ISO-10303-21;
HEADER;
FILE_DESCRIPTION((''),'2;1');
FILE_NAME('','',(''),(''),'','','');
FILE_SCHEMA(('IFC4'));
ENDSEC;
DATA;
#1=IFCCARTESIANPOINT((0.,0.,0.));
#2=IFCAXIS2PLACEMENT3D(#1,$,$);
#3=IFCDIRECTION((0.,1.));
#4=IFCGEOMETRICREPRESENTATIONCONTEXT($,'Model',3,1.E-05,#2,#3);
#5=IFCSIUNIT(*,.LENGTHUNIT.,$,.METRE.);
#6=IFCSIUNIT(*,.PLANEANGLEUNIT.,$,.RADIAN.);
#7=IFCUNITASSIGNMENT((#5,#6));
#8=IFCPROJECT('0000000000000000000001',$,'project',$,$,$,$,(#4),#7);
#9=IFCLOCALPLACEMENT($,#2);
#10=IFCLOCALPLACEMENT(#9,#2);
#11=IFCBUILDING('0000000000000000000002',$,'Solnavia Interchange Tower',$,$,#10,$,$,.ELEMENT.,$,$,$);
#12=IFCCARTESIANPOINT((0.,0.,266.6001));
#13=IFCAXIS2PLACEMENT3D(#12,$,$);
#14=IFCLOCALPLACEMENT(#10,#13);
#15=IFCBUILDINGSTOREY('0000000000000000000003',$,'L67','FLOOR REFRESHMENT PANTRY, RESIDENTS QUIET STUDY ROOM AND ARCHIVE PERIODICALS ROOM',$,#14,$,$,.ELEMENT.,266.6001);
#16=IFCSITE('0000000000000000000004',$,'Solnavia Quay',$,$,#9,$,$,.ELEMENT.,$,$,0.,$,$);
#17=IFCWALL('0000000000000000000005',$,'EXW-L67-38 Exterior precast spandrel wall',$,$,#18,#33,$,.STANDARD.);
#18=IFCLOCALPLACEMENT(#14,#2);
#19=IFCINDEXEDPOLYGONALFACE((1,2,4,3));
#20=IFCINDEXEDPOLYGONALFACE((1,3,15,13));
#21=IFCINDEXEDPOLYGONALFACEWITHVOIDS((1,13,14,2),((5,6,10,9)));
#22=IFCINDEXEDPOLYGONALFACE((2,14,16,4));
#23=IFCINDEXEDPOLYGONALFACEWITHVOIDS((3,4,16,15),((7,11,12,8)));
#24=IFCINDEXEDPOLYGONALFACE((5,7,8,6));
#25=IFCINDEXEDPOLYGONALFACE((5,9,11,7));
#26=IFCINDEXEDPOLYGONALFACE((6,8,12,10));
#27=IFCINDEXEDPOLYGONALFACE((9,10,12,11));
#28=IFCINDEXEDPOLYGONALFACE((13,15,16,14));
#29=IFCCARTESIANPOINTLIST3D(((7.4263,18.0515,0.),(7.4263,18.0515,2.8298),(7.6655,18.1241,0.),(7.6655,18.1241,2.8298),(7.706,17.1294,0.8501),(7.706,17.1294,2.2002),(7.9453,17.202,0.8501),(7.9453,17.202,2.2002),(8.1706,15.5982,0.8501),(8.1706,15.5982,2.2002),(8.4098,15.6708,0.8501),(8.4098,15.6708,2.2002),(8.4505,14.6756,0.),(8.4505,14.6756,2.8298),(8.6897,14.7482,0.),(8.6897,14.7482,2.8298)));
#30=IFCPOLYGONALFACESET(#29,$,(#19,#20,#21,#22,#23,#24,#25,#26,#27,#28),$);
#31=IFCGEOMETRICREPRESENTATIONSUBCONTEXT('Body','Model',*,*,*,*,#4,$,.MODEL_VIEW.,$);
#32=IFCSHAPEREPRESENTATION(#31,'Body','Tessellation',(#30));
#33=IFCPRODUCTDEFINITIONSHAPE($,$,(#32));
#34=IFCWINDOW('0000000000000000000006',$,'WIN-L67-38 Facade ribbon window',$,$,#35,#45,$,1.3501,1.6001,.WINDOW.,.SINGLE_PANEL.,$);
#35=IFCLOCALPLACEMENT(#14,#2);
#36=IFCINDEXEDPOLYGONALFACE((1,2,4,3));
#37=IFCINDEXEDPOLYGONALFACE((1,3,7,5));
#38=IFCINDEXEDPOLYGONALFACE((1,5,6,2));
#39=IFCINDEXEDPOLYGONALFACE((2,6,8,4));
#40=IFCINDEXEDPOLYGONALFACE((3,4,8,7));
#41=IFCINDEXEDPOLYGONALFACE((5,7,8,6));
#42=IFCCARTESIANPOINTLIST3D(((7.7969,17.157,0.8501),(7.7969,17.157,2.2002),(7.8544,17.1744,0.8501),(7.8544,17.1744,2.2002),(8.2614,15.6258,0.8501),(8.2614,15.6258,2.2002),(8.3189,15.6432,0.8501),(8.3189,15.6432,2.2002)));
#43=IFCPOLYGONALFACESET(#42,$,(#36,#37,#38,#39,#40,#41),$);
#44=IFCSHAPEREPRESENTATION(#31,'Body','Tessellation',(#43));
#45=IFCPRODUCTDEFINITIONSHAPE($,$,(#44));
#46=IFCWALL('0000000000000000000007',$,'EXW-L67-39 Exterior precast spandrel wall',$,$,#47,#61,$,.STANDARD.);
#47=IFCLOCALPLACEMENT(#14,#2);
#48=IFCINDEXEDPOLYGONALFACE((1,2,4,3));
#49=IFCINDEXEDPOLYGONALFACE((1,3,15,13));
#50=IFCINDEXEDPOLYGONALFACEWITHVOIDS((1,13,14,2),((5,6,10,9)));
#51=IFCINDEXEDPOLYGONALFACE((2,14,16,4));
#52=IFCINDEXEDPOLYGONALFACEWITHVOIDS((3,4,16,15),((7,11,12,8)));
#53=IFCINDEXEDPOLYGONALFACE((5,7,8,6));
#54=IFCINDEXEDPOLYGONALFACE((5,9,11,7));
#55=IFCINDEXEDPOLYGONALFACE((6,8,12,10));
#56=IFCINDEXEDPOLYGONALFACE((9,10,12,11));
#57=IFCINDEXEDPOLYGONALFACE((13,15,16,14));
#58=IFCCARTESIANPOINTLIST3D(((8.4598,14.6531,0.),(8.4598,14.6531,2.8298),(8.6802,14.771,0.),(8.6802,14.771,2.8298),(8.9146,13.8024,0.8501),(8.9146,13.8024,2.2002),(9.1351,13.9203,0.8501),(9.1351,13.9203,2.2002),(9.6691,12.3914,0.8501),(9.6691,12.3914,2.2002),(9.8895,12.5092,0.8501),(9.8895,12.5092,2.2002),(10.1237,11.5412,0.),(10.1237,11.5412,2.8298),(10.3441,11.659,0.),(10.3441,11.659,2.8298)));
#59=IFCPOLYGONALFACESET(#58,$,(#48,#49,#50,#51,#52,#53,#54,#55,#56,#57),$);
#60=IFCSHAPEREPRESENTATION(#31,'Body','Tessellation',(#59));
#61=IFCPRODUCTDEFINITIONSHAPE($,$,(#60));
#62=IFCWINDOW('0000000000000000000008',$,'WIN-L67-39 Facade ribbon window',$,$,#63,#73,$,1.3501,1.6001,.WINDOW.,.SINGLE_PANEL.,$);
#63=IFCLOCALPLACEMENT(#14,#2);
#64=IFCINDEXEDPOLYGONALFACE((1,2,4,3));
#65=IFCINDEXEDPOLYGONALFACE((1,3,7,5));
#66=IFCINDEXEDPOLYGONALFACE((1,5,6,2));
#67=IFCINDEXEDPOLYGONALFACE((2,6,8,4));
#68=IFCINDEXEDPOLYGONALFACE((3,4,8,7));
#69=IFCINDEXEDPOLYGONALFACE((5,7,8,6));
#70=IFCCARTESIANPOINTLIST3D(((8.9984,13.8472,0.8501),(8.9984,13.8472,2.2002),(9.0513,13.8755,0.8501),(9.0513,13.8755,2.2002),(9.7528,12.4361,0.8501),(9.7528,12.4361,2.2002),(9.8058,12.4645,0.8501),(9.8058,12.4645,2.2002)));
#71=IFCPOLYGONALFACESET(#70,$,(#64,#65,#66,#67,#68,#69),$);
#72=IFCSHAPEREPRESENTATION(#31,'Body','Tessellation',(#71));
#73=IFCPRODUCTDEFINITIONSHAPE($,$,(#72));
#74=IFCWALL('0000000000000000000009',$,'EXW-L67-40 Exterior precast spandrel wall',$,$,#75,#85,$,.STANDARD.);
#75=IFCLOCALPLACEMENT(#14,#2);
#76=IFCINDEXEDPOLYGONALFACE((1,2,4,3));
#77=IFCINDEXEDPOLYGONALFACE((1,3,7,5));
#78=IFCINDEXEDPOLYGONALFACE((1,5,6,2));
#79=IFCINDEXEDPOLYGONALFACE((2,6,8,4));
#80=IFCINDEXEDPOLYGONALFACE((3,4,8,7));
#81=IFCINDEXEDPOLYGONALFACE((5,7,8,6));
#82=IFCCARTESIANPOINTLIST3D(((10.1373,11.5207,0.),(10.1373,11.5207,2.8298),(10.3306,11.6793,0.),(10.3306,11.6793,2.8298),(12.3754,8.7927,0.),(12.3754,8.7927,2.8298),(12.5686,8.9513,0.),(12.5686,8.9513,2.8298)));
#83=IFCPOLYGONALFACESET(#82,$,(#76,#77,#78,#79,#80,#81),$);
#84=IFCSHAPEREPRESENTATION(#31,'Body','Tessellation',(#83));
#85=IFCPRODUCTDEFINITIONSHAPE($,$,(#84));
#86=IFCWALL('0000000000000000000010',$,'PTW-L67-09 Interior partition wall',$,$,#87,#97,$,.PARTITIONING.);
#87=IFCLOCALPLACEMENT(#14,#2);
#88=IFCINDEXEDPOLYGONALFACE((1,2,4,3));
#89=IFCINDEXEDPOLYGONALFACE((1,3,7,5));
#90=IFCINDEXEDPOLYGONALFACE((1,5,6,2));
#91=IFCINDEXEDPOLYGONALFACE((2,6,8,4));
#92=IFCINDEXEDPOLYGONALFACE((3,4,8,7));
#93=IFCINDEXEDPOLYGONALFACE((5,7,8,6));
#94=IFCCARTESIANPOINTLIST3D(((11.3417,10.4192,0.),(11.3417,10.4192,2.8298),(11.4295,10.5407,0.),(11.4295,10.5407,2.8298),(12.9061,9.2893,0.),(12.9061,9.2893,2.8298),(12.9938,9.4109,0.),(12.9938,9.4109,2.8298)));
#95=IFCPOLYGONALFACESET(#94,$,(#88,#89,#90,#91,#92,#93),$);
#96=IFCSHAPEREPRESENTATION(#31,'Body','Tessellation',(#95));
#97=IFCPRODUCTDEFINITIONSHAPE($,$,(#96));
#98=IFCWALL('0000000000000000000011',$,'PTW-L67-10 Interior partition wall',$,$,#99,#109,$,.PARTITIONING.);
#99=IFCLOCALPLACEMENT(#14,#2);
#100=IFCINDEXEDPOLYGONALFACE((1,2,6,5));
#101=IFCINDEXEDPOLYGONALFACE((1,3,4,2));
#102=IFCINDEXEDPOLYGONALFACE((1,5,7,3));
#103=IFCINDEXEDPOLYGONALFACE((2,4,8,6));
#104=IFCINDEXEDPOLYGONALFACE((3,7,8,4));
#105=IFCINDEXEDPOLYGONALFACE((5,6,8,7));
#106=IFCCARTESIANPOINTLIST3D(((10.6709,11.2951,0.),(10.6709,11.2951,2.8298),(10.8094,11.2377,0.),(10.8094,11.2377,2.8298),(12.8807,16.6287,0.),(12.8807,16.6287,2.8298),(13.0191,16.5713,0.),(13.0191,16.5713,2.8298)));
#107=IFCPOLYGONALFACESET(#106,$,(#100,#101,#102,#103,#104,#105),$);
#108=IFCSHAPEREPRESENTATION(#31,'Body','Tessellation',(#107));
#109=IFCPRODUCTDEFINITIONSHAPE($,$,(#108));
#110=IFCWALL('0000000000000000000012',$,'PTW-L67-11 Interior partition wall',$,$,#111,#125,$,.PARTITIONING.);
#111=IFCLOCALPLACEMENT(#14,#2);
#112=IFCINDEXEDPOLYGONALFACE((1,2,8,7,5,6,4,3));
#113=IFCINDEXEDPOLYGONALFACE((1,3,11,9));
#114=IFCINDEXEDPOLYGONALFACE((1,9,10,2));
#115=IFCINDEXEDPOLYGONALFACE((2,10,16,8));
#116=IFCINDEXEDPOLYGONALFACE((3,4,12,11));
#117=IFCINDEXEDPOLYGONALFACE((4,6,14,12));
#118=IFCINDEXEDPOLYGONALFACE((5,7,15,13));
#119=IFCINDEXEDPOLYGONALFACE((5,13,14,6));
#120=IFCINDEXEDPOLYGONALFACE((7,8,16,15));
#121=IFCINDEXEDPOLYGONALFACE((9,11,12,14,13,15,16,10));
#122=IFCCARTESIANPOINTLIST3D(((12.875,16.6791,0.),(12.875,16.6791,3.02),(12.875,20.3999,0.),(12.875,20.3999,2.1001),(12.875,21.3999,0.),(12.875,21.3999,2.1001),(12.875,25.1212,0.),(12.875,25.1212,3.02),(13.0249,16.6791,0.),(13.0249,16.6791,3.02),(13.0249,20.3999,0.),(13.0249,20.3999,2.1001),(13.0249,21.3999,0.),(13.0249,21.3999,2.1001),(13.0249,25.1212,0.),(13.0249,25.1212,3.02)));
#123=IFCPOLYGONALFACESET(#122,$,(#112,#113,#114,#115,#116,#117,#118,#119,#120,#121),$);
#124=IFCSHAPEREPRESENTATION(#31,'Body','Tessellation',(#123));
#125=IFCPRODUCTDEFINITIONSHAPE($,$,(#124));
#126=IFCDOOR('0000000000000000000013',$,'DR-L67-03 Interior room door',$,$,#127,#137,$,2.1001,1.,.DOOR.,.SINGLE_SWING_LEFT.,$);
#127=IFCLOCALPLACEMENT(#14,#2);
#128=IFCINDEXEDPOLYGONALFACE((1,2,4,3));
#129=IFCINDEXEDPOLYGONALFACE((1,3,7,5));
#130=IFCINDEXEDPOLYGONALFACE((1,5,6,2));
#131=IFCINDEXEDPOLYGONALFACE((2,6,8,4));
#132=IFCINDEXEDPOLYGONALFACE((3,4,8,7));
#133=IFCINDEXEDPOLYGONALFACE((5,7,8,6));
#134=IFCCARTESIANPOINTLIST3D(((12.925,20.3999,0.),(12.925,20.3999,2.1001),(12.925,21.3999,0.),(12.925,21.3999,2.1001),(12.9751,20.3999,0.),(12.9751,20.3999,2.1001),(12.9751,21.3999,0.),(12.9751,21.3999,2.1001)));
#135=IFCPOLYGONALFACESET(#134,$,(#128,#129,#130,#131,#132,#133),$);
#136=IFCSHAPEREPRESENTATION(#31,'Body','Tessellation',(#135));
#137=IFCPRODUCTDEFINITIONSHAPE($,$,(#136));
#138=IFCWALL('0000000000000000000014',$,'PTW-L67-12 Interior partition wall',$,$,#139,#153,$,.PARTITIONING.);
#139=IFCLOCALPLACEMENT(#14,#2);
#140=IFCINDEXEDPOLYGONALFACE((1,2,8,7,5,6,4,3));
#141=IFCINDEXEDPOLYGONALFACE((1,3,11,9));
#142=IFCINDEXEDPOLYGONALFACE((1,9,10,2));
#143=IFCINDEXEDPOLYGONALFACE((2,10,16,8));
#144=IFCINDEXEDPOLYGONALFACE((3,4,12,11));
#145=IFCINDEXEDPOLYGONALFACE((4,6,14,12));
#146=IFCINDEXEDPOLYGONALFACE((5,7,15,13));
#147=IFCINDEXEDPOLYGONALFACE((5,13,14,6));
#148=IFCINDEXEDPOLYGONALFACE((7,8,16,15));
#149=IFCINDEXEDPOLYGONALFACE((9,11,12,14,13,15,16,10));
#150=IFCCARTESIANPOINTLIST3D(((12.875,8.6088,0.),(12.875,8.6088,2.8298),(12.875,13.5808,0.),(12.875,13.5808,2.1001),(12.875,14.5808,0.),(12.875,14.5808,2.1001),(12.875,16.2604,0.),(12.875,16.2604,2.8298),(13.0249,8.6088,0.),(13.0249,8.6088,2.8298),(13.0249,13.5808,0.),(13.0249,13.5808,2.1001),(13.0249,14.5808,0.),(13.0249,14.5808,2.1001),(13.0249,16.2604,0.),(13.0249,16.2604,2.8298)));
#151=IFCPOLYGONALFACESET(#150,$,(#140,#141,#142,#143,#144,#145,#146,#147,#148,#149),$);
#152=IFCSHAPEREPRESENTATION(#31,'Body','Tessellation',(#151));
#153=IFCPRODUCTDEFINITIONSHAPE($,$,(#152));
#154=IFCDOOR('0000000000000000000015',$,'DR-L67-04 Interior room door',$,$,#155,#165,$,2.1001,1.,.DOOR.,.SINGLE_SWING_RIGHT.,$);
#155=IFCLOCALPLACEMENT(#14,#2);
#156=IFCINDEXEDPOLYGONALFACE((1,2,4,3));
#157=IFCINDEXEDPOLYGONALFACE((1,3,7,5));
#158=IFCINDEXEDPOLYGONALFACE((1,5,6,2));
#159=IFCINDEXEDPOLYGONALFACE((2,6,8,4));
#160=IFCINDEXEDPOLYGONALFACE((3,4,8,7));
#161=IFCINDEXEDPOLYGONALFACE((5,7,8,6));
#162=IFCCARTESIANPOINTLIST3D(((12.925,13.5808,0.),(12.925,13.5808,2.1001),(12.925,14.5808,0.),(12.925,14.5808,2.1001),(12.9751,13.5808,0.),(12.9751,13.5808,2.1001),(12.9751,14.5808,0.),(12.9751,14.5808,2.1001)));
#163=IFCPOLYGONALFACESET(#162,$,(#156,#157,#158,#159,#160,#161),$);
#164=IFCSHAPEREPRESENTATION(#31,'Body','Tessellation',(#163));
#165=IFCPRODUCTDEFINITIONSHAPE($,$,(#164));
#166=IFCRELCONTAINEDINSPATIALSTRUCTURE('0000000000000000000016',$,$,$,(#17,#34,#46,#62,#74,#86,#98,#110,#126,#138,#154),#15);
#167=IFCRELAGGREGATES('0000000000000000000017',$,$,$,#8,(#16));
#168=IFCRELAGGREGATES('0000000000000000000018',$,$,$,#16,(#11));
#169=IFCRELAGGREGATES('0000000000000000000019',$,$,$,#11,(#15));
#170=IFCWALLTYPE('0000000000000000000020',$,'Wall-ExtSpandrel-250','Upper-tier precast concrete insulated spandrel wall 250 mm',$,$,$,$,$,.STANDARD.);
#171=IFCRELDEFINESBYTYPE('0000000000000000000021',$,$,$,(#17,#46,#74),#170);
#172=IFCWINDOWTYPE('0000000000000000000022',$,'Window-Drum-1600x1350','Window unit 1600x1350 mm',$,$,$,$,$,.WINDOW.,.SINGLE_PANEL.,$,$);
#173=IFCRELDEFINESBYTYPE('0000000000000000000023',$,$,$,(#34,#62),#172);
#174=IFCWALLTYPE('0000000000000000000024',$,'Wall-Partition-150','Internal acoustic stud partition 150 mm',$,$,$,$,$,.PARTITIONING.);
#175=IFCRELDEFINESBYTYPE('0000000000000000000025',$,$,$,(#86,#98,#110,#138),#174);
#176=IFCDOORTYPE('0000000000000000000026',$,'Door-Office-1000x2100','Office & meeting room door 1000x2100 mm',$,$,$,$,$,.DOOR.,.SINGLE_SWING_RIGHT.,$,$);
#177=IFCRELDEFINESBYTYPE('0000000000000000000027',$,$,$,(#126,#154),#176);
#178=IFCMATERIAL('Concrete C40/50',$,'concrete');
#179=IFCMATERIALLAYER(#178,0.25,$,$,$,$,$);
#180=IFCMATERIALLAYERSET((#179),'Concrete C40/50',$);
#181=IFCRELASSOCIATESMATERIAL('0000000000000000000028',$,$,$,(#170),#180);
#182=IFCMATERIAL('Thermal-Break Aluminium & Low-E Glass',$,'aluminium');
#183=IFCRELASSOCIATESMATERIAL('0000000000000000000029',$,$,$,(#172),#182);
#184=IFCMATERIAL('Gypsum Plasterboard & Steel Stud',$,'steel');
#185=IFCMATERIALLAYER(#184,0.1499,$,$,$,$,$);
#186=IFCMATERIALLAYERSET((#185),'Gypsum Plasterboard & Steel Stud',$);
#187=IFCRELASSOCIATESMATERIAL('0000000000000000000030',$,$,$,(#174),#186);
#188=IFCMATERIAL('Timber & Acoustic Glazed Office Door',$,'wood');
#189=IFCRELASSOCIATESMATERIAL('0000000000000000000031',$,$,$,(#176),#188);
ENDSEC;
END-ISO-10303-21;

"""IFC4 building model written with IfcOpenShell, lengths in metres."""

from ifc_helpers import new_model, si_unit, direction, frame, frame_2d, origin, place, context, subcontext, project, spatial, rectangle, extrude, material, layer, layer_set, type_object, element, fill, save


model = new_model("IFC4")

# Units and contexts
model_context = context("Model", 3, precision=1e-05, world=origin(), true_north=direction((0.0, 1.0)))
body_context = subcontext(model_context, "Body", "Model", "MODEL_VIEW")
ifc_project = project(units=[si_unit("LENGTHUNIT", "METRE"), si_unit("PLANEANGLEUNIT", "RADIAN")], contexts=[model_context])

# Site, building, storey
site_placement = place(None, origin())
site = spatial("IfcSite", under=ifc_project, at=site_placement, Name="Solnavia Quay", CompositionType="ELEMENT", RefElevation=0.0)
building_placement = place(site_placement, origin())
building = spatial("IfcBuilding", under=site, at=building_placement, Name="Solnavia Interchange Tower", CompositionType="ELEMENT")
storey_placement = place(building_placement, frame((0.0, 0.0, 266.6001)))
storey = spatial("IfcBuildingStorey", under=building, at=storey_placement, Name="L67", Description="FLOOR REFRESHMENT PANTRY, RESIDENTS QUIET STUDY ROOM AND ARCHIVE PERIODICALS ROOM", CompositionType="ELEMENT", Elevation=266.6001)

# Shared definitions
ifc_material_1 = material(Name="Concrete C40/50", Category="concrete")

# Walls, openings, windows
ifc_layer_1 = layer(ifc_material_1, 0.25)
ifc_layer_set_1 = layer_set([ifc_layer_1], Name="Concrete C40/50")
wall_type_1 = type_object("IfcWallType", Name="Wall-ExtSpandrel-250", Description="Upper-tier precast concrete insulated spandrel wall 250 mm", PredefinedType="STANDARD", material=ifc_layer_set_1)
wall_1_placement = place(storey_placement, frame((8.5701, 14.7119, 0.0), z_axis=(0.0, 0.0, 1.0), x_axis=(-0.290305, 0.956934, 0.0)))
wall_1 = element("IfcWall", 1, at=wall_1_placement, inside=storey, type_object=wall_type_1, Name="EXW-L67-38 Exterior precast spandrel wall", PredefinedType="STANDARD", context=body_context, shape_type="SweptSolid", body=[
    extrude(rectangle(XDim=3.5278, YDim=0.25, at=frame_2d((1.7639, 0.0))), origin(), (0.0, 0.0, 1.0), 2.8298),
])
opening_1_placement = place(wall_1_placement, frame((0.9641, 0.0, 0.8501)))
opening_1 = element("IfcOpeningElement", 2, at=opening_1_placement, cuts=wall_1, PredefinedType="OPENING", context=body_context, shape_type="SweptSolid", body=[
    extrude(rectangle(XDim=1.6001, YDim=1.3501, at=frame_2d((0.8, 0.675))), frame((0.0, 0.135, 0.0), z_axis=(0.0, -1.0, 0.0), x_axis=(1.0, 0.0, 0.0)), (0.0, 0.0, 1.0), 0.27),
])
ifc_material_2 = material(Name="Thermal-Break Aluminium & Low-E Glass", Category="aluminium")
window_type = type_object("IfcWindowType", Name="Window-Drum-1600x1350", Description="Window unit 1600x1350 mm", PartitioningType="SINGLE_PANEL", PredefinedType="WINDOW", material=ifc_material_2)
window_1_placement = place(opening_1_placement, origin())
window_1 = element("IfcWindow", 3, at=window_1_placement, inside=storey, type_object=window_type, Name="WIN-L67-38 Facade ribbon window", OverallHeight=1.3501, OverallWidth=1.6001, PartitioningType="SINGLE_PANEL", PredefinedType="WINDOW", context=body_context, shape_type="SweptSolid", body=[
    extrude(rectangle(XDim=1.6001, YDim=1.3501, at=frame_2d((0.8, 0.675))), frame((0.0, 0.03, 0.0), z_axis=(0.0, -1.0, 0.0), x_axis=(1.0, 0.0, 0.0)), (0.0, 0.0, 1.0), 0.0601),
])
fill(opening_1, window_1)
wall_2_placement = place(storey_placement, frame((10.2339, 11.6001, 0.0), z_axis=(0.0, 0.0, 1.0), x_axis=(-0.471511, 0.88186, 0.0)))
wall_2 = element("IfcWall", 4, at=wall_2_placement, inside=storey, type_object=wall_type_1, Name="EXW-L67-39 Exterior precast spandrel wall", PredefinedType="STANDARD", context=body_context, shape_type="SweptSolid", body=[
    extrude(rectangle(XDim=3.5288, YDim=0.25, at=frame_2d((1.7644, 0.0))), origin(), (0.0, 0.0, 1.0), 2.8298),
])
opening_2_placement = place(wall_2_placement, frame((0.9641, 0.0, 0.8501)))
opening_2 = element("IfcOpeningElement", 5, at=opening_2_placement, cuts=wall_2, PredefinedType="OPENING", context=body_context, shape_type="SweptSolid", body=[
    extrude(rectangle(XDim=1.6001, YDim=1.3501, at=frame_2d((0.8, 0.675))), frame((0.0, 0.135, 0.0), z_axis=(0.0, -1.0, 0.0), x_axis=(1.0, 0.0, 0.0)), (0.0, 0.0, 1.0), 0.27),
])
window_2_placement = place(opening_2_placement, origin())
window_2 = element("IfcWindow", 6, at=window_2_placement, inside=storey, type_object=window_type, Name="WIN-L67-39 Facade ribbon window", OverallHeight=1.3501, OverallWidth=1.6001, PartitioningType="SINGLE_PANEL", PredefinedType="WINDOW", context=body_context, shape_type="SweptSolid", body=[
    extrude(rectangle(XDim=1.6001, YDim=1.3501, at=frame_2d((0.8, 0.675))), frame((0.0, 0.03, 0.0), z_axis=(0.0, -1.0, 0.0), x_axis=(1.0, 0.0, 0.0)), (0.0, 0.0, 1.0), 0.0601),
])
fill(opening_2, window_2)

# Walls
wall_3_placement = place(storey_placement, frame((12.4719, 8.8721, 0.0), z_axis=(0.0, 0.0, 1.0), x_axis=(-0.634258, 0.773121, 0.0)))
element("IfcWall", 7, at=wall_3_placement, inside=storey, type_object=wall_type_1, Name="EXW-L67-40 Exterior precast spandrel wall", PredefinedType="STANDARD", context=body_context, shape_type="SweptSolid", body=[
    extrude(rectangle(XDim=3.5286, YDim=0.25, at=frame_2d((1.7642, 0.0))), origin(), (0.0, 0.0, 1.0), 2.8298),
])
ifc_material_3 = material(Name="Gypsum Plasterboard & Steel Stud", Category="steel")
ifc_layer_2 = layer(ifc_material_3, 0.1499)
ifc_layer_set_2 = layer_set([ifc_layer_2], Name="Gypsum Plasterboard & Steel Stud")
wall_type_2 = type_object("IfcWallType", Name="Wall-Partition-150", Description="Internal acoustic stud partition 150 mm", PredefinedType="PARTITIONING", material=ifc_layer_set_2)
wall_4_placement = place(storey_placement, frame((12.95, 9.3501, 0.0), z_axis=(0.0, 0.0, 1.0), x_axis=(-0.810679, 0.585491, 0.0)))
element("IfcWall", 8, at=wall_4_placement, inside=storey, type_object=wall_type_2, Name="PTW-L67-09 Interior partition wall", PredefinedType="PARTITIONING", context=body_context, shape_type="SweptSolid", body=[
    extrude(rectangle(XDim=1.9297, YDim=0.1499, at=frame_2d((0.9648, 0.0))), origin(), (0.0, 0.0, 1.0), 2.8298),
])
wall_5_placement = place(storey_placement, frame((12.95, 16.6001, 0.0), z_axis=(0.0, 0.0, 1.0), x_axis=(-0.382759, -0.923848, 0.0)))
element("IfcWall", 9, at=wall_5_placement, inside=storey, type_object=wall_type_2, Name="PTW-L67-10 Interior partition wall", PredefinedType="PARTITIONING", context=body_context, shape_type="SweptSolid", body=[
    extrude(rectangle(XDim=5.7732, YDim=0.1499, at=frame_2d((2.8867, 0.0))), origin(), (0.0, 0.0, 1.0), 2.8298),
])

# Walls, openings, doors
wall_6_placement = place(storey_placement, frame((12.95, 16.679, 0.0), z_axis=(0.0, 0.0, 1.0), x_axis=(0.0, 1.0, 0.0)))
wall_6 = element("IfcWall", 10, at=wall_6_placement, inside=storey, type_object=wall_type_2, Name="PTW-L67-11 Interior partition wall", PredefinedType="PARTITIONING", context=body_context, shape_type="SweptSolid", body=[
    extrude(rectangle(XDim=8.4421, YDim=0.1499, at=frame_2d((4.2212, 0.0))), origin(), (0.0, 0.0, 1.0), 3.02),
])
opening_3_placement = place(wall_6_placement, frame((3.7209, 0.0, 0.0)))
opening_3 = element("IfcOpeningElement", 11, at=opening_3_placement, cuts=wall_6, PredefinedType="OPENING", context=body_context, shape_type="SweptSolid", body=[
    extrude(rectangle(XDim=1.0, YDim=2.1001, at=frame_2d((0.5, 1.05))), frame((0.0, 0.085, 0.0), z_axis=(0.0, -1.0, 0.0), x_axis=(1.0, 0.0, 0.0)), (0.0, 0.0, 1.0), 0.1699),
])
ifc_material_4 = material(Name="Timber & Acoustic Glazed Office Door", Category="wood")
door_type = type_object("IfcDoorType", Name="Door-Office-1000x2100", Description="Office & meeting room door 1000x2100 mm", OperationType="SINGLE_SWING_RIGHT", PredefinedType="DOOR", material=ifc_material_4)
door_1_placement = place(opening_3_placement, origin())
door_1 = element("IfcDoor", 12, at=door_1_placement, inside=storey, type_object=door_type, Name="DR-L67-03 Interior room door", OperationType="SINGLE_SWING_LEFT", OverallHeight=2.1001, OverallWidth=1.0, PredefinedType="DOOR", context=body_context, shape_type="SweptSolid", body=[
    extrude(rectangle(XDim=1.0, YDim=2.1001, at=frame_2d((0.5, 1.05))), frame((0.0, 0.0249, 0.0), z_axis=(0.0, -1.0, 0.0), x_axis=(1.0, 0.0, 0.0)), (0.0, 0.0, 1.0), 0.05),
])
fill(opening_3, door_1)
wall_7_placement = place(storey_placement, frame((12.95, 8.6089, 0.0), z_axis=(0.0, 0.0, 1.0), x_axis=(0.0, 1.0, 0.0)))
wall_7 = element("IfcWall", 13, at=wall_7_placement, inside=storey, type_object=wall_type_2, Name="PTW-L67-12 Interior partition wall", PredefinedType="PARTITIONING", context=body_context, shape_type="SweptSolid", body=[
    extrude(rectangle(XDim=7.6516, YDim=0.1499, at=frame_2d((3.8257, 0.0))), origin(), (0.0, 0.0, 1.0), 2.8298),
])
opening_4_placement = place(wall_7_placement, frame((4.9719, 0.0, 0.0)))
opening_4 = element("IfcOpeningElement", 14, at=opening_4_placement, cuts=wall_7, PredefinedType="OPENING", context=body_context, shape_type="SweptSolid", body=[
    extrude(rectangle(XDim=1.0, YDim=2.1001, at=frame_2d((0.5, 1.05))), frame((0.0, 0.085, 0.0), z_axis=(0.0, -1.0, 0.0), x_axis=(1.0, 0.0, 0.0)), (0.0, 0.0, 1.0), 0.1699),
])
door_2_placement = place(opening_4_placement, origin())
door_2 = element("IfcDoor", 15, at=door_2_placement, inside=storey, type_object=door_type, Name="DR-L67-04 Interior room door", OperationType="SINGLE_SWING_RIGHT", OverallHeight=2.1001, OverallWidth=1.0, PredefinedType="DOOR", context=body_context, shape_type="SweptSolid", body=[
    extrude(rectangle(XDim=1.0, YDim=2.1001, at=frame_2d((0.5, 1.05))), frame((0.0, 0.0249, 0.0), z_axis=(0.0, -1.0, 0.0), x_axis=(1.0, 0.0, 0.0)), (0.0, 0.0, 1.0), 0.05),
])
fill(opening_4, door_2)

save(model, "model.ifc")
